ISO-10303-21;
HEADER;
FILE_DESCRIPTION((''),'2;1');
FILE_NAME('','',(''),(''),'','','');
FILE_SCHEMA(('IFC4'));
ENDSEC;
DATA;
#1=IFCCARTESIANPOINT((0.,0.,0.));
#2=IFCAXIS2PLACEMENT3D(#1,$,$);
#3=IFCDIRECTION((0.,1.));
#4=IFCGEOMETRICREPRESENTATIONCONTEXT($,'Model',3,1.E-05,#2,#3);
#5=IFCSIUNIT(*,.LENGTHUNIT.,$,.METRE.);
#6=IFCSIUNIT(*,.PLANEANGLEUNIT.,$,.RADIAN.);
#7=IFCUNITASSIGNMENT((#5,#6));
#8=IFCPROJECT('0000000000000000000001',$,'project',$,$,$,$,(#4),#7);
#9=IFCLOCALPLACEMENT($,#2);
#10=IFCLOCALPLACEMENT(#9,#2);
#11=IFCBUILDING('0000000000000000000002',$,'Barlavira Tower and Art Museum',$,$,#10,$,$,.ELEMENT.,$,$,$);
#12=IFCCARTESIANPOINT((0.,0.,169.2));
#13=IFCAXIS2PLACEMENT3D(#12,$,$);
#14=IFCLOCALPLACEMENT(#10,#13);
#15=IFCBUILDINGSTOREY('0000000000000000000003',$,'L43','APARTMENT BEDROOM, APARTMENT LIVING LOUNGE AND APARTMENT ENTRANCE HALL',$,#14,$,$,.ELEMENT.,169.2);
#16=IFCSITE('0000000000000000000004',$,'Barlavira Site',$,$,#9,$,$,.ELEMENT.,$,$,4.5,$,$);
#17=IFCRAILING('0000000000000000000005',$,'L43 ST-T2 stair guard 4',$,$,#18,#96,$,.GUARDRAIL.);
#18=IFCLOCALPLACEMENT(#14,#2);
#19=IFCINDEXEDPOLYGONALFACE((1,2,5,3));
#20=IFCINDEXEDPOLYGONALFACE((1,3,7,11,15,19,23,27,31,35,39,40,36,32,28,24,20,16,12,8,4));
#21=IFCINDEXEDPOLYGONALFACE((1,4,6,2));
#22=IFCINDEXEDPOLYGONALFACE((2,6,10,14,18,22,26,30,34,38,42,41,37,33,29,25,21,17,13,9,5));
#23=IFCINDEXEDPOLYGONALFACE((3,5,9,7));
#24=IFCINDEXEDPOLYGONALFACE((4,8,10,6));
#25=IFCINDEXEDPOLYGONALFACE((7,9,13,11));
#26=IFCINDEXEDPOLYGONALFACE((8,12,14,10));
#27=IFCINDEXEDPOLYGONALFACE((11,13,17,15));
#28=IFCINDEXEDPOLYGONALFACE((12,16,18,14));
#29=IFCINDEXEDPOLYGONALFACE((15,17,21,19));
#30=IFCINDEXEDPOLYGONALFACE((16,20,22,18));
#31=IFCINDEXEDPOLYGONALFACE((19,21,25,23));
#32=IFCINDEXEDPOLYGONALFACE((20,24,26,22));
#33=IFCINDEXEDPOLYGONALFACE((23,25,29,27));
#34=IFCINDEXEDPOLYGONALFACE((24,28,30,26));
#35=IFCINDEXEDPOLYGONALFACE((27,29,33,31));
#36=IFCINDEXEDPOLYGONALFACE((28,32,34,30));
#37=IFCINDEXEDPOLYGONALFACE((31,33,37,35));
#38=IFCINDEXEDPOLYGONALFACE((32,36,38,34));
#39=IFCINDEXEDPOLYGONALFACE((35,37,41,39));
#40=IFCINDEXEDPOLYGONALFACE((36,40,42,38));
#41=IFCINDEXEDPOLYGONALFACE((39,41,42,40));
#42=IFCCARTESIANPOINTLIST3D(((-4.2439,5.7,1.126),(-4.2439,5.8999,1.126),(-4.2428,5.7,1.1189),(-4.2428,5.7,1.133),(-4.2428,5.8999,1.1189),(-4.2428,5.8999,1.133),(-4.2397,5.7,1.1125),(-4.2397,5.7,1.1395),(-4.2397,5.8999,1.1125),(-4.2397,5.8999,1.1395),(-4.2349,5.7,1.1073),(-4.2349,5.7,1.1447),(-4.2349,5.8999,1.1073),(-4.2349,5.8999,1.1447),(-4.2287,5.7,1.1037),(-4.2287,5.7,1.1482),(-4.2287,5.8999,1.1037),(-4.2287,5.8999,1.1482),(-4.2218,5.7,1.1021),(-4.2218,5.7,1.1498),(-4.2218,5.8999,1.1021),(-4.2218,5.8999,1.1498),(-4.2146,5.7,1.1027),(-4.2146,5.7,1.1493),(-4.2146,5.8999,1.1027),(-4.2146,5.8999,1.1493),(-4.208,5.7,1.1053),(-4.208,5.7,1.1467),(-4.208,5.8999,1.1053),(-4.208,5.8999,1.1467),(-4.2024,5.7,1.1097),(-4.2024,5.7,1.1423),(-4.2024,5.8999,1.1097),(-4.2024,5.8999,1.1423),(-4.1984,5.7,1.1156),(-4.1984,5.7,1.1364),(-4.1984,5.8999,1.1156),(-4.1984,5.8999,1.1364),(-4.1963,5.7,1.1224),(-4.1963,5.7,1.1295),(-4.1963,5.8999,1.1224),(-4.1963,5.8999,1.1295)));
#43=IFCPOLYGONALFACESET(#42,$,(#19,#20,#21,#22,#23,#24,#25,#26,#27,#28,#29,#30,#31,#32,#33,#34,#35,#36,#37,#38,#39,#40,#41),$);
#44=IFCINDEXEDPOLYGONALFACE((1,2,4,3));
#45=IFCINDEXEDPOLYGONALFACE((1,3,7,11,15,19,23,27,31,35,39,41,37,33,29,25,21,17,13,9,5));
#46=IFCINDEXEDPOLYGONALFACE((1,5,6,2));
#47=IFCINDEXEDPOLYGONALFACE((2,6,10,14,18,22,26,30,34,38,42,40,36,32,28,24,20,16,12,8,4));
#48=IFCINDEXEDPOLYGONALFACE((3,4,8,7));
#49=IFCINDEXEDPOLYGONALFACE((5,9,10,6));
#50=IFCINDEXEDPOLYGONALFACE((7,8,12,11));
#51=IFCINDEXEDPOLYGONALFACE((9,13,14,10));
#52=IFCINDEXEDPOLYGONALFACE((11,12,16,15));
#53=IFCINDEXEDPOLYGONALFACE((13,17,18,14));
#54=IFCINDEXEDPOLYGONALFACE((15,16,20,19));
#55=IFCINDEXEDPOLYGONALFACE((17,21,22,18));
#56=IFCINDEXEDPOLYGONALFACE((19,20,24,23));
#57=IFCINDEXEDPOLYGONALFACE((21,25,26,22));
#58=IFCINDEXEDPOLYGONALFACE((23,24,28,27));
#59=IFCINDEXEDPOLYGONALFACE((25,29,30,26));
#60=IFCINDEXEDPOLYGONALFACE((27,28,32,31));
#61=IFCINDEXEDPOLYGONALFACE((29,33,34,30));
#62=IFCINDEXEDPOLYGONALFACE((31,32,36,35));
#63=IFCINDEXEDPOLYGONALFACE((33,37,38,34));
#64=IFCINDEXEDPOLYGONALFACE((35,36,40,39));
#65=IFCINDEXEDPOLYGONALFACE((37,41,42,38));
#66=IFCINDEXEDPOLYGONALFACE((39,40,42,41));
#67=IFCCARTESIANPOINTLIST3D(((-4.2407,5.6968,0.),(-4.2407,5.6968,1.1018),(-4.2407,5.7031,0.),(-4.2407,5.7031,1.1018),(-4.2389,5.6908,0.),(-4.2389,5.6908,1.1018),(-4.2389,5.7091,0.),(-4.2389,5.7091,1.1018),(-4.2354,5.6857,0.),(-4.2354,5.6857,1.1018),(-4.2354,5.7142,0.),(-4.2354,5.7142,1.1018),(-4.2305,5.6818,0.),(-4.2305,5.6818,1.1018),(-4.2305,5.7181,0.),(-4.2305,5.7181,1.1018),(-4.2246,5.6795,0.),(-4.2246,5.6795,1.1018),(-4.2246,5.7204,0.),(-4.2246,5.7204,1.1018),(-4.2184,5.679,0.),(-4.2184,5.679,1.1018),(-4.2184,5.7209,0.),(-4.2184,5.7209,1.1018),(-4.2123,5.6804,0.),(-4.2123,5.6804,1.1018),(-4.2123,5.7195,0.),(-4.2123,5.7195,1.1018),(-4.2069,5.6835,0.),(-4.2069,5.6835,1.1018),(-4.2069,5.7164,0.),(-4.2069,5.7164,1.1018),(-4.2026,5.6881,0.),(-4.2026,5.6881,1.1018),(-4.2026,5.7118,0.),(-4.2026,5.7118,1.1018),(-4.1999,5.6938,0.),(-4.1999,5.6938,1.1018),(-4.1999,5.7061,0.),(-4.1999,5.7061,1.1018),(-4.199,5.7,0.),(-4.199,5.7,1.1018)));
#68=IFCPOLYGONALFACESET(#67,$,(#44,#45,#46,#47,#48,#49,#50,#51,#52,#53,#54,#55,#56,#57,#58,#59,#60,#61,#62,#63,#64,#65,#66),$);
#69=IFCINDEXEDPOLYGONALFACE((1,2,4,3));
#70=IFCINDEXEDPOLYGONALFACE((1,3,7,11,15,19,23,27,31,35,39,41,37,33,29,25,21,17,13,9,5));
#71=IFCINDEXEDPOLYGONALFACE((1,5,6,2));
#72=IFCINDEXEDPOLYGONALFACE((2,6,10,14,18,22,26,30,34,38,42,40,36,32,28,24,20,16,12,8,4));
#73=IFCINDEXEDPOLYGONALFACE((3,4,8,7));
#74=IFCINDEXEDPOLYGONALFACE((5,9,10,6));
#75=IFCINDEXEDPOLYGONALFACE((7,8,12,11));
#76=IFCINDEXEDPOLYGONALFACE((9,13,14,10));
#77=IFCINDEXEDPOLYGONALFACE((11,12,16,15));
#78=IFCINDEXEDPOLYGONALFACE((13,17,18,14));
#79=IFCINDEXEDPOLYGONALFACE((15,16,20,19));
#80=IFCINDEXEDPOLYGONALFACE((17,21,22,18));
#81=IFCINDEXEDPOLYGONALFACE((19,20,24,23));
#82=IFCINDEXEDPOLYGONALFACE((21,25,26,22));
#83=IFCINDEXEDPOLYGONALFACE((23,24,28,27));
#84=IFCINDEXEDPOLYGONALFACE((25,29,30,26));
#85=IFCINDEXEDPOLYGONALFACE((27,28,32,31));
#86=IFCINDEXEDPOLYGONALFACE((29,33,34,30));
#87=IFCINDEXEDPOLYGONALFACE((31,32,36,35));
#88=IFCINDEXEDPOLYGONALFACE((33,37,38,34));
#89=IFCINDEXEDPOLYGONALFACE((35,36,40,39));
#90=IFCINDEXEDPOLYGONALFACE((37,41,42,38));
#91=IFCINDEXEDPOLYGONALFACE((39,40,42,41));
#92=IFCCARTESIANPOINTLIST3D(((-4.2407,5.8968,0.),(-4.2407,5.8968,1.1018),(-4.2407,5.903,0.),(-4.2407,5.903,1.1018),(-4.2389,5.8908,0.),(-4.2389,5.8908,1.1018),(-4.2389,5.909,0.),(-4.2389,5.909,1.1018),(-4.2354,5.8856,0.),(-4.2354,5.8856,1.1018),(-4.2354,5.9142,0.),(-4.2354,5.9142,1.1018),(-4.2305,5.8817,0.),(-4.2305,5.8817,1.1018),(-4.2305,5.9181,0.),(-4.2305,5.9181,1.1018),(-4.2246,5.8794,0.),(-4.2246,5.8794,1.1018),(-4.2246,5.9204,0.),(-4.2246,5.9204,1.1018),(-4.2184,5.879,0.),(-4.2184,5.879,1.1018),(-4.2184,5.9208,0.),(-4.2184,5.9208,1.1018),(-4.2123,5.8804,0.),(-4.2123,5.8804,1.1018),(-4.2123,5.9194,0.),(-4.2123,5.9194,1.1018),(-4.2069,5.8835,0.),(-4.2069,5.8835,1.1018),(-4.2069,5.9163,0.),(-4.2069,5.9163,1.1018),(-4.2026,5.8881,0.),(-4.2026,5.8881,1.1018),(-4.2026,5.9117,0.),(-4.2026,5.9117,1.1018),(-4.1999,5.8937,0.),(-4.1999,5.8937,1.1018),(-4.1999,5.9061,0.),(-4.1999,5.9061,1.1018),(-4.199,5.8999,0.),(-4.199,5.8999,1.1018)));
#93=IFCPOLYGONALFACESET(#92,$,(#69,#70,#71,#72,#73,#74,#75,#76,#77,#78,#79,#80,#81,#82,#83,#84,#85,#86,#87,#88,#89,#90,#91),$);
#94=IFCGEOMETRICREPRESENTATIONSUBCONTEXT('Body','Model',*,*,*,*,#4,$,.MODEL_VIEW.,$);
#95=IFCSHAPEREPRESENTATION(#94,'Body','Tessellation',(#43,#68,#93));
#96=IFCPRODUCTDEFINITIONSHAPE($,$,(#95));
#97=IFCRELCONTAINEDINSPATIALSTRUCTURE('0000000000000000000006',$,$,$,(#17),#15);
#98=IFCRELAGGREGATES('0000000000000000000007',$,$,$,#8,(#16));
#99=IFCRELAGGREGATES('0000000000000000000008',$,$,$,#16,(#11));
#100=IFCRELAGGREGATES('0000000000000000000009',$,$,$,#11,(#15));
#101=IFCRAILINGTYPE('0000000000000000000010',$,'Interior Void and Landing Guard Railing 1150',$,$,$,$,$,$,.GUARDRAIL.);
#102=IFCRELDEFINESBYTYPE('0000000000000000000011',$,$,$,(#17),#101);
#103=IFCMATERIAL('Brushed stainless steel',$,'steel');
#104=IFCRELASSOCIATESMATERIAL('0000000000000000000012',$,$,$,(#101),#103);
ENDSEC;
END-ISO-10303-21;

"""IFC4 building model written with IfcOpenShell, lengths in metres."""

from ifc_helpers import new_model, si_unit, direction, frame, origin, origin_2d, place, context, subcontext, project, spatial, circle, extrude, material, type_object, element, save


model = new_model("IFC4")

# Units and contexts
model_context = context("Model", 3, precision=1e-05, world=origin(), true_north=direction((0.0, 1.0)))
body_context = subcontext(model_context, "Body", "Model", "MODEL_VIEW")
ifc_project = project(units=[si_unit("LENGTHUNIT", "METRE"), si_unit("PLANEANGLEUNIT", "RADIAN")], contexts=[model_context])

# Site, building, storey
site_placement = place(None, origin())
site = spatial("IfcSite", under=ifc_project, at=site_placement, Name="Barlavira Site", CompositionType="ELEMENT", RefElevation=4.5)
building_placement = place(site_placement, origin())
building = spatial("IfcBuilding", under=site, at=building_placement, Name="Barlavira Tower and Art Museum", CompositionType="ELEMENT")
storey_placement = place(building_placement, frame((0.0, 0.0, 169.2)))
storey = spatial("IfcBuildingStorey", under=building, at=storey_placement, Name="L43", Description="APARTMENT BEDROOM, APARTMENT LIVING LOUNGE AND APARTMENT ENTRANCE HALL", CompositionType="ELEMENT", Elevation=169.2)

# Shared definitions
ifc_material_1 = material(Name="Brushed stainless steel", Category="steel")

# Railing
railing_type_1 = type_object("IfcRailingType", Name="Interior Void and Landing Guard Railing 1150", PredefinedType="GUARDRAIL", material=ifc_material_1)
railing_1_placement = place(storey_placement, frame((-4.22, 5.7, 0.0)))
element("IfcRailing", 1, at=railing_1_placement, inside=storey, type_object=railing_type_1, Name="L43 ST-T2 stair guard 4", PredefinedType="GUARDRAIL", context=body_context, shape_type="SweptSolid", body=[
    extrude(circle(Radius=0.0239, at=origin_2d()), frame((0.0, 0.0, 1.126), z_axis=(0.0, 1.0, 0.0), x_axis=(-1.0, 0.0, 0.0)), (0.0, 0.0, 1.0), 0.2),
    extrude(circle(Radius=0.021, at=origin_2d()), origin(), (0.0, 0.0, 1.0), 1.1018),
    extrude(circle(Radius=0.021, at=origin_2d()), frame((0.0, 0.2, 0.0)), (0.0, 0.0, 1.0), 1.1018),
])

save(model, "model.ifc")
